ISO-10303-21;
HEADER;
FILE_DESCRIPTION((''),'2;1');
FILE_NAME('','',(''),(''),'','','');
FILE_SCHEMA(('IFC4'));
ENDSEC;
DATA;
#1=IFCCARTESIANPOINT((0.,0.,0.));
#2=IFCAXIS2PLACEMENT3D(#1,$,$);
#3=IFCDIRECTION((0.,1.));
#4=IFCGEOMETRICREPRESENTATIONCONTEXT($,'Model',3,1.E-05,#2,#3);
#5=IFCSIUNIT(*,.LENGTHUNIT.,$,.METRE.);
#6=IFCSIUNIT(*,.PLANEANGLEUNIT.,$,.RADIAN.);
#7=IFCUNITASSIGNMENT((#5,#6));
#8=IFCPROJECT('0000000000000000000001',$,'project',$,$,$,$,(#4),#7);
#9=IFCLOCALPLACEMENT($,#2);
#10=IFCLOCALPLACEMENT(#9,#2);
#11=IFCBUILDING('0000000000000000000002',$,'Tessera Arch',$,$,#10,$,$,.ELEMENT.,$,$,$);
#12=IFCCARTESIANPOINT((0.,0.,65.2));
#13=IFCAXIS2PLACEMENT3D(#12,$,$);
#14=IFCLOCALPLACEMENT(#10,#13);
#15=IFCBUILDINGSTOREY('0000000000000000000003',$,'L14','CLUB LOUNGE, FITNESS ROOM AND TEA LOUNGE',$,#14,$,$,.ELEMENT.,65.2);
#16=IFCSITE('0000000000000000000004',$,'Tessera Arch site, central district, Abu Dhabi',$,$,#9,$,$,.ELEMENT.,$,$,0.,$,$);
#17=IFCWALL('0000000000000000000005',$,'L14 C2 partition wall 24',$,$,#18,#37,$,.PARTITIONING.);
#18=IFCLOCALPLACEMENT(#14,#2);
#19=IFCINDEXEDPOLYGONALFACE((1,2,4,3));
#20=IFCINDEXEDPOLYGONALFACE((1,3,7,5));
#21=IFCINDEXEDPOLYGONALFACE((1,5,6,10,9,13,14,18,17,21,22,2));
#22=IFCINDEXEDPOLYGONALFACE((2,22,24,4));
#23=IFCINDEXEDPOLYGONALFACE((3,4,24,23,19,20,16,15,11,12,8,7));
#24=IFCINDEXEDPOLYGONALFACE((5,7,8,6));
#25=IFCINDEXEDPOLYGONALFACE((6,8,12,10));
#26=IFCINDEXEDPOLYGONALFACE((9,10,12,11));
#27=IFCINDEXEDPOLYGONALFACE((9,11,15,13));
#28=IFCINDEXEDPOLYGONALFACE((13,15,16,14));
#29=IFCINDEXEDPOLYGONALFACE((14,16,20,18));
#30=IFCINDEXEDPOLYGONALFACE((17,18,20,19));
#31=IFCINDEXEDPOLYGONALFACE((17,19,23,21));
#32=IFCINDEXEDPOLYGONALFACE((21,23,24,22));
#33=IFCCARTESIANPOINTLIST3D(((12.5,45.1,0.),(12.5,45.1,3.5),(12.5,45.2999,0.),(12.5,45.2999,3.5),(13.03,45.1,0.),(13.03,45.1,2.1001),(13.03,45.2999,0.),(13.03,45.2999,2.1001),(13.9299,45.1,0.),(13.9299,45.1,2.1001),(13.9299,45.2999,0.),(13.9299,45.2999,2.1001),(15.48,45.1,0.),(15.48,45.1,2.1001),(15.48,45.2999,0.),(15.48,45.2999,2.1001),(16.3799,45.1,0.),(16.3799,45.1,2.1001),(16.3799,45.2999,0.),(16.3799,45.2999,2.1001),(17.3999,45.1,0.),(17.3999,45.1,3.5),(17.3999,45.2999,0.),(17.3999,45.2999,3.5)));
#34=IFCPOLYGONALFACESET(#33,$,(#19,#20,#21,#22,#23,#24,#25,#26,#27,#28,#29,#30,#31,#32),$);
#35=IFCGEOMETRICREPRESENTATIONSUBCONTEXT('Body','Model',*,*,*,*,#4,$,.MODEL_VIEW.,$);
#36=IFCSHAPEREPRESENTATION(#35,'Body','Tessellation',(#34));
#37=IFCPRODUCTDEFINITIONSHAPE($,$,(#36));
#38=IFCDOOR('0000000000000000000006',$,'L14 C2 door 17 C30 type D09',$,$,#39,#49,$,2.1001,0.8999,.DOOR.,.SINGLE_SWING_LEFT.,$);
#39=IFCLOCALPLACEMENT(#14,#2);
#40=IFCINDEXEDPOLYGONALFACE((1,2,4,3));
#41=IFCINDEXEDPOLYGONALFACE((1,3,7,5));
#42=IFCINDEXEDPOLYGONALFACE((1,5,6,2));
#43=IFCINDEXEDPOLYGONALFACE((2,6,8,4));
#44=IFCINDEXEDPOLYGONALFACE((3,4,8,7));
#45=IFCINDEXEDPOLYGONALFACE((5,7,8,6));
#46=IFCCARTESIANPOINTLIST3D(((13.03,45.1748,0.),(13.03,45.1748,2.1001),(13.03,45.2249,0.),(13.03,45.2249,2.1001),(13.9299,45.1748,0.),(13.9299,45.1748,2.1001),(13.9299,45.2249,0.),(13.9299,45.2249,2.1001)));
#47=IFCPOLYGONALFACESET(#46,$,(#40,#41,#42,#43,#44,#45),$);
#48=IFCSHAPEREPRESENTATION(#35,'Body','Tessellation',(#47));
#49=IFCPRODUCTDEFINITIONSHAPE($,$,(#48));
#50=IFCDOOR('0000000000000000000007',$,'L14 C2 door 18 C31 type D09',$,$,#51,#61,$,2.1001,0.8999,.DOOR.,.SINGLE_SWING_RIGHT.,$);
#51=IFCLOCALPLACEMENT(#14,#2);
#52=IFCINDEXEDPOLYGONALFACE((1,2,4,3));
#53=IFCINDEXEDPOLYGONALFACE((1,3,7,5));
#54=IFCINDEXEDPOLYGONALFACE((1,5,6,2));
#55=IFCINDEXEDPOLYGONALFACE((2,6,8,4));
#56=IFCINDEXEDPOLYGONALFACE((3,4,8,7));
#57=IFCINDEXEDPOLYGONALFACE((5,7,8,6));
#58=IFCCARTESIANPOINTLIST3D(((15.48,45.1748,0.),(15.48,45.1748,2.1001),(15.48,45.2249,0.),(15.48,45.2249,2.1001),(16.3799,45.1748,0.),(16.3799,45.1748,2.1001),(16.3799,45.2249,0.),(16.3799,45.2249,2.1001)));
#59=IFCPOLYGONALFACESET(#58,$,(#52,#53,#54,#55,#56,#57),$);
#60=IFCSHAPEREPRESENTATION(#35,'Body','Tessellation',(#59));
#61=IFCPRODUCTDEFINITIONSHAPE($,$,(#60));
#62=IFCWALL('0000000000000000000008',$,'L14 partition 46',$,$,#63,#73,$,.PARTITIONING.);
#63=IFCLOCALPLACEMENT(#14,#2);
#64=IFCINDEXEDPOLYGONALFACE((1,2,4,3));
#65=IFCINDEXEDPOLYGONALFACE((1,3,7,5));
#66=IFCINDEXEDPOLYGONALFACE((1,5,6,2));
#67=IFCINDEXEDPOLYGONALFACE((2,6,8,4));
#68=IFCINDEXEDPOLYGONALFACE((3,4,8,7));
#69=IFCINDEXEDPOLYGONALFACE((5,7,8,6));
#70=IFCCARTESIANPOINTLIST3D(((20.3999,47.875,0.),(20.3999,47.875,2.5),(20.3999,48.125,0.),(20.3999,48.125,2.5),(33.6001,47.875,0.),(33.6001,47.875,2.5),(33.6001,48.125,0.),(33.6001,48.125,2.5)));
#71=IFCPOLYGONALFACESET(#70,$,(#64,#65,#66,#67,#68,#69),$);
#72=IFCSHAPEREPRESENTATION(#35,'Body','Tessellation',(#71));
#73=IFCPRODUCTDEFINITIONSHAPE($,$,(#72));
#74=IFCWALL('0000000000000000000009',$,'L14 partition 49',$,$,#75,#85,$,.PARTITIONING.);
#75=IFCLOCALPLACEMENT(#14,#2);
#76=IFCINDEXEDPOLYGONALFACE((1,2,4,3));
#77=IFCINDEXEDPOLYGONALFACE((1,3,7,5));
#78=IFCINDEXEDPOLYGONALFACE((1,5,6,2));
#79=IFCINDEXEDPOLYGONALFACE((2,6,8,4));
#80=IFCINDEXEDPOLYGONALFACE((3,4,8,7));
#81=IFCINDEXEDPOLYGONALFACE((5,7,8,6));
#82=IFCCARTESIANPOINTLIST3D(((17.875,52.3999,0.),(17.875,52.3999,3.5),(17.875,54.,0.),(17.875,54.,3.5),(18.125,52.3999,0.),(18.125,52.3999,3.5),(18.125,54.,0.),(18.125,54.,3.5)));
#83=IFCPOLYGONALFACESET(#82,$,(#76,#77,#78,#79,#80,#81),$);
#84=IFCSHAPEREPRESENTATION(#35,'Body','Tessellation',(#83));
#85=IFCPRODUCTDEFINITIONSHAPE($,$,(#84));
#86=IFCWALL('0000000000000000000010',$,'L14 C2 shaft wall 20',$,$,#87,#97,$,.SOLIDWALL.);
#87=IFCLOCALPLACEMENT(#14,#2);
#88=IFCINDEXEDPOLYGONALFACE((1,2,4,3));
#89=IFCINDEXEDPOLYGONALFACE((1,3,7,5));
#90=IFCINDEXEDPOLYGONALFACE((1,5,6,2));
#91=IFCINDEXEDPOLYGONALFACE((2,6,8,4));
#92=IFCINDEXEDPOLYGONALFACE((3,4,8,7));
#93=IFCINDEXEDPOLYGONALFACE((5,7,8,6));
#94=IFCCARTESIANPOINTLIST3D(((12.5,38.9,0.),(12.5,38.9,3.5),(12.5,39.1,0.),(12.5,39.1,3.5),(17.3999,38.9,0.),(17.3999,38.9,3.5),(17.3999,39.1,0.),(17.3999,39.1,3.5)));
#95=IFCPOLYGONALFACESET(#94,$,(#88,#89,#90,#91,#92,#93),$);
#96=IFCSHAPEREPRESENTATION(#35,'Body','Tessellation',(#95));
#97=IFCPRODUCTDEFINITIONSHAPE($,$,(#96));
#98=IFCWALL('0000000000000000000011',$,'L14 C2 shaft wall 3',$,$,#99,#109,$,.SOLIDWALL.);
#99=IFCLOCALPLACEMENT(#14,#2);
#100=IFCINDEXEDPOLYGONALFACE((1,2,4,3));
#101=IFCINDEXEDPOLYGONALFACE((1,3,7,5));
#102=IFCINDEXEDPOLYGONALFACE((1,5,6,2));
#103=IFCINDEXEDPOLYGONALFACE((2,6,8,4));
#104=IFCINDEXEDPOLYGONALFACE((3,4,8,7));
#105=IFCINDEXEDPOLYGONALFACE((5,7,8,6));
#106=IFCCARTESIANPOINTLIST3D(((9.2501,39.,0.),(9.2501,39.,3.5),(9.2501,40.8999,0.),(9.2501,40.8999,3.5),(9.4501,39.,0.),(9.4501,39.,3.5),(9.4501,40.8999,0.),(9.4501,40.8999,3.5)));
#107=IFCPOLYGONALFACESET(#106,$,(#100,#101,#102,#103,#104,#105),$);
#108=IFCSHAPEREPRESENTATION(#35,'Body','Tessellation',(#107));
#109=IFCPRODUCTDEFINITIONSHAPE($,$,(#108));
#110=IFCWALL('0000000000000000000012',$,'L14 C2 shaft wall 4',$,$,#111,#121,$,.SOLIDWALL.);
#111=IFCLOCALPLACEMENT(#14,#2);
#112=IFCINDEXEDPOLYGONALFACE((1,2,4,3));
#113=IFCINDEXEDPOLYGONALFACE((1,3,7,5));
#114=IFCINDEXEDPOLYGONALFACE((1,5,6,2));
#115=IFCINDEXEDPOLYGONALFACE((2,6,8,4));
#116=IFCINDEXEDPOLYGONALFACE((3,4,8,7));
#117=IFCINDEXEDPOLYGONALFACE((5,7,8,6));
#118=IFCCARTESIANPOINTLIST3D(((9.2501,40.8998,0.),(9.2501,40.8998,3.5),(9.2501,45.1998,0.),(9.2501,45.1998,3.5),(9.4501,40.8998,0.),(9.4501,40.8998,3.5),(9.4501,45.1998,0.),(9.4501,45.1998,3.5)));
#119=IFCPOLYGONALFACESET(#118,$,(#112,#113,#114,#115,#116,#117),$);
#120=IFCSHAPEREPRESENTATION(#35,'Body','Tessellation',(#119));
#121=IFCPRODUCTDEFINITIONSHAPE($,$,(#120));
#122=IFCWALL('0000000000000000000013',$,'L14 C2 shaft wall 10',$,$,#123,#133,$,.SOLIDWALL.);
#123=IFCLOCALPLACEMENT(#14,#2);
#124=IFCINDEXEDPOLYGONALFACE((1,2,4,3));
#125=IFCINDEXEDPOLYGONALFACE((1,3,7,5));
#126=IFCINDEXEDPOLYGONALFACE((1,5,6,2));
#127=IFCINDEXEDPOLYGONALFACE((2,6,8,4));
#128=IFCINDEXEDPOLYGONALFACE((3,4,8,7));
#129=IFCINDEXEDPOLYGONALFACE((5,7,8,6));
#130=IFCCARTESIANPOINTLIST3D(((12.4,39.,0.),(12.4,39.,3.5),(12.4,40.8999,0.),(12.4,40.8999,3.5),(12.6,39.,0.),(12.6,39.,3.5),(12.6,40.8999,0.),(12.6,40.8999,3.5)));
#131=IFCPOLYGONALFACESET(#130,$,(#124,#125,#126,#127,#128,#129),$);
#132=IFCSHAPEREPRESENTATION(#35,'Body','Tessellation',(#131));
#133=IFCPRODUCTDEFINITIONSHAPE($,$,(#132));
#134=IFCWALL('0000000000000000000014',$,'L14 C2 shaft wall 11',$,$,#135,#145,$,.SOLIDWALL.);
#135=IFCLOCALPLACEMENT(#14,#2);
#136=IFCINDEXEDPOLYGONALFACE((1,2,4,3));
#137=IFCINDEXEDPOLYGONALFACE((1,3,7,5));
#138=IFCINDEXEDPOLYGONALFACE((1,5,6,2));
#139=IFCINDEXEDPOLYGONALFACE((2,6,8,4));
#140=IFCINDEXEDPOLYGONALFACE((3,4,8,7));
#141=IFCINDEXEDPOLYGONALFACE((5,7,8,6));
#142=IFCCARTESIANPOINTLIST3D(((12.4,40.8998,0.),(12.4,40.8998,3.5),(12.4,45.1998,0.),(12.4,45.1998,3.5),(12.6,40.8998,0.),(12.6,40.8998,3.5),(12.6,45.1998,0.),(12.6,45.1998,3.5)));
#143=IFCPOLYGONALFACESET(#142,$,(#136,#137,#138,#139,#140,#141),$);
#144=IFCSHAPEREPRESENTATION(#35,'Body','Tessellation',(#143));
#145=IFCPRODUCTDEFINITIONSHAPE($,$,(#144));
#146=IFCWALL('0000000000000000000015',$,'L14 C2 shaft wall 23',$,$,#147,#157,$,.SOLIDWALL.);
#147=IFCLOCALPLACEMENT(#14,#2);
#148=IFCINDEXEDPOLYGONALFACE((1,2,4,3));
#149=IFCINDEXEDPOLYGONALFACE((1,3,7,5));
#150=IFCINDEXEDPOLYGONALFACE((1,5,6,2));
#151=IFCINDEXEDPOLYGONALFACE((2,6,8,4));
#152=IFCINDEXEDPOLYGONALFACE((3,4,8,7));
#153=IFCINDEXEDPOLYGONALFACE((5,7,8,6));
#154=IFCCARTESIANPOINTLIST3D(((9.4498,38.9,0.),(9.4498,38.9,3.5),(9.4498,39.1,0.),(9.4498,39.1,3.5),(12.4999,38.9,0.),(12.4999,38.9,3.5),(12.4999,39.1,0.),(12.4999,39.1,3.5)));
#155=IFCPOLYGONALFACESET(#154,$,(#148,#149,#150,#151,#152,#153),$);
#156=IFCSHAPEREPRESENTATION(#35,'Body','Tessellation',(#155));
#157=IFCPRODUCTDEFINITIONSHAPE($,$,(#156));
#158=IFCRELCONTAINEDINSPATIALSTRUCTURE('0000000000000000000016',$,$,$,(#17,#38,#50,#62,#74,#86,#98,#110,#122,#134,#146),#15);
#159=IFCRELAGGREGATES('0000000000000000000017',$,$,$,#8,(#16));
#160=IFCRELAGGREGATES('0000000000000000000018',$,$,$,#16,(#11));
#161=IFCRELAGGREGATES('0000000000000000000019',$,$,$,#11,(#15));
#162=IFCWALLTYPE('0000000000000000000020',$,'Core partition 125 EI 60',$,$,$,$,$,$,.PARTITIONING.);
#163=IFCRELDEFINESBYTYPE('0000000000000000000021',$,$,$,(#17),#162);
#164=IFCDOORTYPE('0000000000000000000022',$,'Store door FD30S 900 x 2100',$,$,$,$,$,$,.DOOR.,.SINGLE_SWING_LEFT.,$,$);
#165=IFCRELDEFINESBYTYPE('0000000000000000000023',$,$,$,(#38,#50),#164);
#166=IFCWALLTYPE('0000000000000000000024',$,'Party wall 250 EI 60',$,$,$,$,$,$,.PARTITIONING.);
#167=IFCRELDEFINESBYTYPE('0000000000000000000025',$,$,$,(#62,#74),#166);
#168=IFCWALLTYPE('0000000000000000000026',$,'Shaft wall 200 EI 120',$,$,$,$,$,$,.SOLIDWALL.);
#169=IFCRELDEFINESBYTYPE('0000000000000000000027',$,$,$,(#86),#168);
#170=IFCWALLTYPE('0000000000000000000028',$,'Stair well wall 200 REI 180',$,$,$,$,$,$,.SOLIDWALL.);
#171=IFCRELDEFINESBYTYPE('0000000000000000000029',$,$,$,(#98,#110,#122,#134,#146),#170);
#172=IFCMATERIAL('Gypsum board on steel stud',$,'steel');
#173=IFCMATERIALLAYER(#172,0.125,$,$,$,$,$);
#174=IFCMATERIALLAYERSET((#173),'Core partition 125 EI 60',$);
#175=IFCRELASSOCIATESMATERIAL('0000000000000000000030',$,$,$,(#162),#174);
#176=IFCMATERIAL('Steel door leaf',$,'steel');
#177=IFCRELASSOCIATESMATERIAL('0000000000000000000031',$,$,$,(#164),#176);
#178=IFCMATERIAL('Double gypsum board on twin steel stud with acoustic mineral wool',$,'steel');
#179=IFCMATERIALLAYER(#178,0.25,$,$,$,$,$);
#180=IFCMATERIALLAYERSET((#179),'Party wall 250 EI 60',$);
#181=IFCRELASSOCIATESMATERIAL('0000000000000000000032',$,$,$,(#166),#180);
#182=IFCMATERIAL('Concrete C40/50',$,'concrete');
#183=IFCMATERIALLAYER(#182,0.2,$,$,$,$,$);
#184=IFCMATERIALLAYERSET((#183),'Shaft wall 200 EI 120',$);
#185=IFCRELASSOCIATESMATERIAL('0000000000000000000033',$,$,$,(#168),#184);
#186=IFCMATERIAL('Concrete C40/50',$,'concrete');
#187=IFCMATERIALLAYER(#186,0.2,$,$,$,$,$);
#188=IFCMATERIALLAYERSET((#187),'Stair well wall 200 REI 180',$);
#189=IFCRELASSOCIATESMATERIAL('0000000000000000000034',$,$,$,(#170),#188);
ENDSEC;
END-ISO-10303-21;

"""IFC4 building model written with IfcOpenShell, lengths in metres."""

from ifc_helpers import new_model, si_unit, direction, frame, frame_2d, origin, place, context, subcontext, project, spatial, rectangle, extrude, material, layer, layer_set, type_object, element, fill, save


model = new_model("IFC4")

# Units and contexts
model_context = context("Model", 3, precision=1e-05, world=origin(), true_north=direction((0.0, 1.0)))
body_context = subcontext(model_context, "Body", "Model", "MODEL_VIEW")
ifc_project = project(units=[si_unit("LENGTHUNIT", "METRE"), si_unit("PLANEANGLEUNIT", "RADIAN")], contexts=[model_context])

# Site, building, storey
site_placement = place(None, origin())
site = spatial("IfcSite", under=ifc_project, at=site_placement, Name="Tessera Arch site, central district, Abu Dhabi", CompositionType="ELEMENT", RefElevation=0.0)
building_placement = place(site_placement, origin())
building = spatial("IfcBuilding", under=site, at=building_placement, Name="Tessera Arch", CompositionType="ELEMENT")
storey_placement = place(building_placement, frame((0.0, 0.0, 65.2)))
storey = spatial("IfcBuildingStorey", under=building, at=storey_placement, Name="L14", Description="CLUB LOUNGE, FITNESS ROOM AND TEA LOUNGE", CompositionType="ELEMENT", Elevation=65.2)

# Shared definitions
ifc_material_1 = material(Name="Gypsum board on steel stud", Category="steel")
ifc_layer_1 = layer(ifc_material_1, 0.125)
ifc_layer_set_1 = layer_set([ifc_layer_1], Name="Core partition 125 EI 60")
wall_type_1 = type_object("IfcWallType", Name="Core partition 125 EI 60", PredefinedType="PARTITIONING", material=ifc_layer_set_1)

# Wall, openings, doors
wall_1_placement = place(storey_placement, frame((12.5, 45.2, 0.0), z_axis=(0.0, 0.0, 1.0), x_axis=(1.0, 0.0, 0.0)))
wall_1 = element("IfcWall", 1, at=wall_1_placement, inside=storey, type_object=wall_type_1, Name="L14 C2 partition wall 24", PredefinedType="PARTITIONING", context=body_context, shape_type="SweptSolid", body=[
    extrude(rectangle(XDim=4.8999, YDim=0.2, at=frame_2d((2.45, 0.0))), origin(), (0.0, 0.0, 1.0), 3.5),
])
opening_1_placement = place(wall_1_placement, frame((0.53, 0.0, 0.0)))
opening_1 = element("IfcOpeningElement", 2, at=opening_1_placement, cuts=wall_1, PredefinedType="OPENING", context=body_context, shape_type="SweptSolid", body=[
    extrude(rectangle(XDim=0.8999, YDim=2.1001, at=frame_2d((0.45, 1.05))), frame((0.0, 0.1099, 0.0), z_axis=(0.0, -1.0, 0.0), x_axis=(1.0, 0.0, 0.0)), (0.0, 0.0, 1.0), 0.22),
])
opening_2_placement = place(wall_1_placement, frame((2.98, 0.0, 0.0)))
opening_2 = element("IfcOpeningElement", 3, at=opening_2_placement, cuts=wall_1, PredefinedType="OPENING", context=body_context, shape_type="SweptSolid", body=[
    extrude(rectangle(XDim=0.8999, YDim=2.1001, at=frame_2d((0.45, 1.05))), frame((0.0, 0.1099, 0.0), z_axis=(0.0, -1.0, 0.0), x_axis=(1.0, 0.0, 0.0)), (0.0, 0.0, 1.0), 0.22),
])
ifc_material_2 = material(Name="Steel door leaf", Category="steel")
door_type = type_object("IfcDoorType", Name="Store door FD30S 900 x 2100", OperationType="SINGLE_SWING_LEFT", PredefinedType="DOOR", material=ifc_material_2)
door_1_placement = place(opening_1_placement, origin())
door_1 = element("IfcDoor", 4, at=door_1_placement, inside=storey, type_object=door_type, Name="L14 C2 door 17 C30 type D09", OperationType="SINGLE_SWING_LEFT", OverallHeight=2.1001, OverallWidth=0.8999, PredefinedType="DOOR", context=body_context, shape_type="SweptSolid", body=[
    extrude(rectangle(XDim=0.8999, YDim=2.1001, at=frame_2d((0.45, 1.05))), frame((0.0, 0.0249, 0.0), z_axis=(0.0, -1.0, 0.0), x_axis=(1.0, 0.0, 0.0)), (0.0, 0.0, 1.0), 0.05),
])
fill(opening_1, door_1)
door_2_placement = place(opening_2_placement, origin())
door_2 = element("IfcDoor", 5, at=door_2_placement, inside=storey, type_object=door_type, Name="L14 C2 door 18 C31 type D09", OperationType="SINGLE_SWING_RIGHT", OverallHeight=2.1001, OverallWidth=0.8999, PredefinedType="DOOR", context=body_context, shape_type="SweptSolid", body=[
    extrude(rectangle(XDim=0.8999, YDim=2.1001, at=frame_2d((0.45, 1.05))), frame((0.0, 0.0249, 0.0), z_axis=(0.0, -1.0, 0.0), x_axis=(1.0, 0.0, 0.0)), (0.0, 0.0, 1.0), 0.05),
])
fill(opening_2, door_2)

# Walls
ifc_material_3 = material(Name="Double gypsum board on twin steel stud with acoustic mineral wool", Category="steel")
ifc_layer_2 = layer(ifc_material_3, 0.25)
ifc_layer_set_2 = layer_set([ifc_layer_2], Name="Party wall 250 EI 60")
wall_type_2 = type_object("IfcWallType", Name="Party wall 250 EI 60", PredefinedType="PARTITIONING", material=ifc_layer_set_2)
wall_2_placement = place(storey_placement, frame((20.3999, 48.0, 0.0), z_axis=(0.0, 0.0, 1.0), x_axis=(1.0, 0.0, 0.0)))
element("IfcWall", 6, at=wall_2_placement, inside=storey, type_object=wall_type_2, Name="L14 partition 46", PredefinedType="PARTITIONING", context=body_context, shape_type="SweptSolid", body=[
    extrude(rectangle(XDim=13.2002, YDim=0.25, at=frame_2d((6.6001, 0.0))), origin(), (0.0, 0.0, 1.0), 2.5),
])
wall_3_placement = place(storey_placement, frame((18.0, 52.3999, 0.0), z_axis=(0.0, 0.0, 1.0), x_axis=(0.0, 1.0, 0.0)))
element("IfcWall", 7, at=wall_3_placement, inside=storey, type_object=wall_type_2, Name="L14 partition 49", PredefinedType="PARTITIONING", context=body_context, shape_type="SweptSolid", body=[
    extrude(rectangle(XDim=1.6001, YDim=0.25, at=frame_2d((0.8, 0.0))), origin(), (0.0, 0.0, 1.0), 3.5),
])
ifc_material_4 = material(Name="Concrete C40/50", Category="concrete")
ifc_layer_3 = layer(ifc_material_4, 0.2)
ifc_layer_set_3 = layer_set([ifc_layer_3], Name="Shaft wall 200 EI 120")
wall_type_3 = type_object("IfcWallType", Name="Shaft wall 200 EI 120", PredefinedType="SOLIDWALL", material=ifc_layer_set_3)
wall_4_placement = place(storey_placement, frame((12.5, 39.0, 0.0), z_axis=(0.0, 0.0, 1.0), x_axis=(1.0, 0.0, 0.0)))
element("IfcWall", 8, at=wall_4_placement, inside=storey, type_object=wall_type_3, Name="L14 C2 shaft wall 20", PredefinedType="SOLIDWALL", context=body_context, shape_type="SweptSolid", body=[
    extrude(rectangle(XDim=4.8999, YDim=0.2, at=frame_2d((2.45, 0.0))), origin(), (0.0, 0.0, 1.0), 3.5),
])
ifc_material_5 = material(Name="Concrete C40/50", Category="concrete")
ifc_layer_4 = layer(ifc_material_5, 0.2)
ifc_layer_set_4 = layer_set([ifc_layer_4], Name="Stair well wall 200 REI 180")
wall_type_4 = type_object("IfcWallType", Name="Stair well wall 200 REI 180", PredefinedType="SOLIDWALL", material=ifc_layer_set_4)
wall_5_placement = place(storey_placement, frame((9.3501, 39.0, 0.0), z_axis=(0.0, 0.0, 1.0), x_axis=(0.0, 1.0, 0.0)))
element("IfcWall", 9, at=wall_5_placement, inside=storey, type_object=wall_type_4, Name="L14 C2 shaft wall 3", PredefinedType="SOLIDWALL", context=body_context, shape_type="SweptSolid", body=[
    extrude(rectangle(XDim=1.8999, YDim=0.2, at=frame_2d((0.95, 0.0))), origin(), (0.0, 0.0, 1.0), 3.5),
])
wall_6_placement = place(storey_placement, frame((9.3501, 40.8999, 0.0), z_axis=(0.0, 0.0, 1.0), x_axis=(0.0, 1.0, 0.0)))
element("IfcWall", 10, at=wall_6_placement, inside=storey, type_object=wall_type_4, Name="L14 C2 shaft wall 4", PredefinedType="SOLIDWALL", context=body_context, shape_type="SweptSolid", body=[
    extrude(rectangle(XDim=4.3, YDim=0.2, at=frame_2d((2.1499, 0.0))), origin(), (0.0, 0.0, 1.0), 3.5),
])
wall_7_placement = place(storey_placement, frame((12.5, 39.0, 0.0), z_axis=(0.0, 0.0, 1.0), x_axis=(0.0, 1.0, 0.0)))
element("IfcWall", 11, at=wall_7_placement, inside=storey, type_object=wall_type_4, Name="L14 C2 shaft wall 10", PredefinedType="SOLIDWALL", context=body_context, shape_type="SweptSolid", body=[
    extrude(rectangle(XDim=1.8999, YDim=0.2, at=frame_2d((0.95, 0.0))), origin(), (0.0, 0.0, 1.0), 3.5),
])
wall_8_placement = place(storey_placement, frame((12.5, 40.8999, 0.0), z_axis=(0.0, 0.0, 1.0), x_axis=(0.0, 1.0, 0.0)))
element("IfcWall", 12, at=wall_8_placement, inside=storey, type_object=wall_type_4, Name="L14 C2 shaft wall 11", PredefinedType="SOLIDWALL", context=body_context, shape_type="SweptSolid", body=[
    extrude(rectangle(XDim=4.3, YDim=0.2, at=frame_2d((2.1499, 0.0))), origin(), (0.0, 0.0, 1.0), 3.5),
])
wall_9_placement = place(storey_placement, frame((9.45, 39.0, 0.0), z_axis=(0.0, 0.0, 1.0), x_axis=(1.0, 0.0, 0.0)))
element("IfcWall", 13, at=wall_9_placement, inside=storey, type_object=wall_type_4, Name="L14 C2 shaft wall 23", PredefinedType="SOLIDWALL", context=body_context, shape_type="SweptSolid", body=[
    extrude(rectangle(XDim=3.05, YDim=0.2, at=frame_2d((1.5249, 0.0))), origin(), (0.0, 0.0, 1.0), 3.5),
])

save(model, "model.ifc")
